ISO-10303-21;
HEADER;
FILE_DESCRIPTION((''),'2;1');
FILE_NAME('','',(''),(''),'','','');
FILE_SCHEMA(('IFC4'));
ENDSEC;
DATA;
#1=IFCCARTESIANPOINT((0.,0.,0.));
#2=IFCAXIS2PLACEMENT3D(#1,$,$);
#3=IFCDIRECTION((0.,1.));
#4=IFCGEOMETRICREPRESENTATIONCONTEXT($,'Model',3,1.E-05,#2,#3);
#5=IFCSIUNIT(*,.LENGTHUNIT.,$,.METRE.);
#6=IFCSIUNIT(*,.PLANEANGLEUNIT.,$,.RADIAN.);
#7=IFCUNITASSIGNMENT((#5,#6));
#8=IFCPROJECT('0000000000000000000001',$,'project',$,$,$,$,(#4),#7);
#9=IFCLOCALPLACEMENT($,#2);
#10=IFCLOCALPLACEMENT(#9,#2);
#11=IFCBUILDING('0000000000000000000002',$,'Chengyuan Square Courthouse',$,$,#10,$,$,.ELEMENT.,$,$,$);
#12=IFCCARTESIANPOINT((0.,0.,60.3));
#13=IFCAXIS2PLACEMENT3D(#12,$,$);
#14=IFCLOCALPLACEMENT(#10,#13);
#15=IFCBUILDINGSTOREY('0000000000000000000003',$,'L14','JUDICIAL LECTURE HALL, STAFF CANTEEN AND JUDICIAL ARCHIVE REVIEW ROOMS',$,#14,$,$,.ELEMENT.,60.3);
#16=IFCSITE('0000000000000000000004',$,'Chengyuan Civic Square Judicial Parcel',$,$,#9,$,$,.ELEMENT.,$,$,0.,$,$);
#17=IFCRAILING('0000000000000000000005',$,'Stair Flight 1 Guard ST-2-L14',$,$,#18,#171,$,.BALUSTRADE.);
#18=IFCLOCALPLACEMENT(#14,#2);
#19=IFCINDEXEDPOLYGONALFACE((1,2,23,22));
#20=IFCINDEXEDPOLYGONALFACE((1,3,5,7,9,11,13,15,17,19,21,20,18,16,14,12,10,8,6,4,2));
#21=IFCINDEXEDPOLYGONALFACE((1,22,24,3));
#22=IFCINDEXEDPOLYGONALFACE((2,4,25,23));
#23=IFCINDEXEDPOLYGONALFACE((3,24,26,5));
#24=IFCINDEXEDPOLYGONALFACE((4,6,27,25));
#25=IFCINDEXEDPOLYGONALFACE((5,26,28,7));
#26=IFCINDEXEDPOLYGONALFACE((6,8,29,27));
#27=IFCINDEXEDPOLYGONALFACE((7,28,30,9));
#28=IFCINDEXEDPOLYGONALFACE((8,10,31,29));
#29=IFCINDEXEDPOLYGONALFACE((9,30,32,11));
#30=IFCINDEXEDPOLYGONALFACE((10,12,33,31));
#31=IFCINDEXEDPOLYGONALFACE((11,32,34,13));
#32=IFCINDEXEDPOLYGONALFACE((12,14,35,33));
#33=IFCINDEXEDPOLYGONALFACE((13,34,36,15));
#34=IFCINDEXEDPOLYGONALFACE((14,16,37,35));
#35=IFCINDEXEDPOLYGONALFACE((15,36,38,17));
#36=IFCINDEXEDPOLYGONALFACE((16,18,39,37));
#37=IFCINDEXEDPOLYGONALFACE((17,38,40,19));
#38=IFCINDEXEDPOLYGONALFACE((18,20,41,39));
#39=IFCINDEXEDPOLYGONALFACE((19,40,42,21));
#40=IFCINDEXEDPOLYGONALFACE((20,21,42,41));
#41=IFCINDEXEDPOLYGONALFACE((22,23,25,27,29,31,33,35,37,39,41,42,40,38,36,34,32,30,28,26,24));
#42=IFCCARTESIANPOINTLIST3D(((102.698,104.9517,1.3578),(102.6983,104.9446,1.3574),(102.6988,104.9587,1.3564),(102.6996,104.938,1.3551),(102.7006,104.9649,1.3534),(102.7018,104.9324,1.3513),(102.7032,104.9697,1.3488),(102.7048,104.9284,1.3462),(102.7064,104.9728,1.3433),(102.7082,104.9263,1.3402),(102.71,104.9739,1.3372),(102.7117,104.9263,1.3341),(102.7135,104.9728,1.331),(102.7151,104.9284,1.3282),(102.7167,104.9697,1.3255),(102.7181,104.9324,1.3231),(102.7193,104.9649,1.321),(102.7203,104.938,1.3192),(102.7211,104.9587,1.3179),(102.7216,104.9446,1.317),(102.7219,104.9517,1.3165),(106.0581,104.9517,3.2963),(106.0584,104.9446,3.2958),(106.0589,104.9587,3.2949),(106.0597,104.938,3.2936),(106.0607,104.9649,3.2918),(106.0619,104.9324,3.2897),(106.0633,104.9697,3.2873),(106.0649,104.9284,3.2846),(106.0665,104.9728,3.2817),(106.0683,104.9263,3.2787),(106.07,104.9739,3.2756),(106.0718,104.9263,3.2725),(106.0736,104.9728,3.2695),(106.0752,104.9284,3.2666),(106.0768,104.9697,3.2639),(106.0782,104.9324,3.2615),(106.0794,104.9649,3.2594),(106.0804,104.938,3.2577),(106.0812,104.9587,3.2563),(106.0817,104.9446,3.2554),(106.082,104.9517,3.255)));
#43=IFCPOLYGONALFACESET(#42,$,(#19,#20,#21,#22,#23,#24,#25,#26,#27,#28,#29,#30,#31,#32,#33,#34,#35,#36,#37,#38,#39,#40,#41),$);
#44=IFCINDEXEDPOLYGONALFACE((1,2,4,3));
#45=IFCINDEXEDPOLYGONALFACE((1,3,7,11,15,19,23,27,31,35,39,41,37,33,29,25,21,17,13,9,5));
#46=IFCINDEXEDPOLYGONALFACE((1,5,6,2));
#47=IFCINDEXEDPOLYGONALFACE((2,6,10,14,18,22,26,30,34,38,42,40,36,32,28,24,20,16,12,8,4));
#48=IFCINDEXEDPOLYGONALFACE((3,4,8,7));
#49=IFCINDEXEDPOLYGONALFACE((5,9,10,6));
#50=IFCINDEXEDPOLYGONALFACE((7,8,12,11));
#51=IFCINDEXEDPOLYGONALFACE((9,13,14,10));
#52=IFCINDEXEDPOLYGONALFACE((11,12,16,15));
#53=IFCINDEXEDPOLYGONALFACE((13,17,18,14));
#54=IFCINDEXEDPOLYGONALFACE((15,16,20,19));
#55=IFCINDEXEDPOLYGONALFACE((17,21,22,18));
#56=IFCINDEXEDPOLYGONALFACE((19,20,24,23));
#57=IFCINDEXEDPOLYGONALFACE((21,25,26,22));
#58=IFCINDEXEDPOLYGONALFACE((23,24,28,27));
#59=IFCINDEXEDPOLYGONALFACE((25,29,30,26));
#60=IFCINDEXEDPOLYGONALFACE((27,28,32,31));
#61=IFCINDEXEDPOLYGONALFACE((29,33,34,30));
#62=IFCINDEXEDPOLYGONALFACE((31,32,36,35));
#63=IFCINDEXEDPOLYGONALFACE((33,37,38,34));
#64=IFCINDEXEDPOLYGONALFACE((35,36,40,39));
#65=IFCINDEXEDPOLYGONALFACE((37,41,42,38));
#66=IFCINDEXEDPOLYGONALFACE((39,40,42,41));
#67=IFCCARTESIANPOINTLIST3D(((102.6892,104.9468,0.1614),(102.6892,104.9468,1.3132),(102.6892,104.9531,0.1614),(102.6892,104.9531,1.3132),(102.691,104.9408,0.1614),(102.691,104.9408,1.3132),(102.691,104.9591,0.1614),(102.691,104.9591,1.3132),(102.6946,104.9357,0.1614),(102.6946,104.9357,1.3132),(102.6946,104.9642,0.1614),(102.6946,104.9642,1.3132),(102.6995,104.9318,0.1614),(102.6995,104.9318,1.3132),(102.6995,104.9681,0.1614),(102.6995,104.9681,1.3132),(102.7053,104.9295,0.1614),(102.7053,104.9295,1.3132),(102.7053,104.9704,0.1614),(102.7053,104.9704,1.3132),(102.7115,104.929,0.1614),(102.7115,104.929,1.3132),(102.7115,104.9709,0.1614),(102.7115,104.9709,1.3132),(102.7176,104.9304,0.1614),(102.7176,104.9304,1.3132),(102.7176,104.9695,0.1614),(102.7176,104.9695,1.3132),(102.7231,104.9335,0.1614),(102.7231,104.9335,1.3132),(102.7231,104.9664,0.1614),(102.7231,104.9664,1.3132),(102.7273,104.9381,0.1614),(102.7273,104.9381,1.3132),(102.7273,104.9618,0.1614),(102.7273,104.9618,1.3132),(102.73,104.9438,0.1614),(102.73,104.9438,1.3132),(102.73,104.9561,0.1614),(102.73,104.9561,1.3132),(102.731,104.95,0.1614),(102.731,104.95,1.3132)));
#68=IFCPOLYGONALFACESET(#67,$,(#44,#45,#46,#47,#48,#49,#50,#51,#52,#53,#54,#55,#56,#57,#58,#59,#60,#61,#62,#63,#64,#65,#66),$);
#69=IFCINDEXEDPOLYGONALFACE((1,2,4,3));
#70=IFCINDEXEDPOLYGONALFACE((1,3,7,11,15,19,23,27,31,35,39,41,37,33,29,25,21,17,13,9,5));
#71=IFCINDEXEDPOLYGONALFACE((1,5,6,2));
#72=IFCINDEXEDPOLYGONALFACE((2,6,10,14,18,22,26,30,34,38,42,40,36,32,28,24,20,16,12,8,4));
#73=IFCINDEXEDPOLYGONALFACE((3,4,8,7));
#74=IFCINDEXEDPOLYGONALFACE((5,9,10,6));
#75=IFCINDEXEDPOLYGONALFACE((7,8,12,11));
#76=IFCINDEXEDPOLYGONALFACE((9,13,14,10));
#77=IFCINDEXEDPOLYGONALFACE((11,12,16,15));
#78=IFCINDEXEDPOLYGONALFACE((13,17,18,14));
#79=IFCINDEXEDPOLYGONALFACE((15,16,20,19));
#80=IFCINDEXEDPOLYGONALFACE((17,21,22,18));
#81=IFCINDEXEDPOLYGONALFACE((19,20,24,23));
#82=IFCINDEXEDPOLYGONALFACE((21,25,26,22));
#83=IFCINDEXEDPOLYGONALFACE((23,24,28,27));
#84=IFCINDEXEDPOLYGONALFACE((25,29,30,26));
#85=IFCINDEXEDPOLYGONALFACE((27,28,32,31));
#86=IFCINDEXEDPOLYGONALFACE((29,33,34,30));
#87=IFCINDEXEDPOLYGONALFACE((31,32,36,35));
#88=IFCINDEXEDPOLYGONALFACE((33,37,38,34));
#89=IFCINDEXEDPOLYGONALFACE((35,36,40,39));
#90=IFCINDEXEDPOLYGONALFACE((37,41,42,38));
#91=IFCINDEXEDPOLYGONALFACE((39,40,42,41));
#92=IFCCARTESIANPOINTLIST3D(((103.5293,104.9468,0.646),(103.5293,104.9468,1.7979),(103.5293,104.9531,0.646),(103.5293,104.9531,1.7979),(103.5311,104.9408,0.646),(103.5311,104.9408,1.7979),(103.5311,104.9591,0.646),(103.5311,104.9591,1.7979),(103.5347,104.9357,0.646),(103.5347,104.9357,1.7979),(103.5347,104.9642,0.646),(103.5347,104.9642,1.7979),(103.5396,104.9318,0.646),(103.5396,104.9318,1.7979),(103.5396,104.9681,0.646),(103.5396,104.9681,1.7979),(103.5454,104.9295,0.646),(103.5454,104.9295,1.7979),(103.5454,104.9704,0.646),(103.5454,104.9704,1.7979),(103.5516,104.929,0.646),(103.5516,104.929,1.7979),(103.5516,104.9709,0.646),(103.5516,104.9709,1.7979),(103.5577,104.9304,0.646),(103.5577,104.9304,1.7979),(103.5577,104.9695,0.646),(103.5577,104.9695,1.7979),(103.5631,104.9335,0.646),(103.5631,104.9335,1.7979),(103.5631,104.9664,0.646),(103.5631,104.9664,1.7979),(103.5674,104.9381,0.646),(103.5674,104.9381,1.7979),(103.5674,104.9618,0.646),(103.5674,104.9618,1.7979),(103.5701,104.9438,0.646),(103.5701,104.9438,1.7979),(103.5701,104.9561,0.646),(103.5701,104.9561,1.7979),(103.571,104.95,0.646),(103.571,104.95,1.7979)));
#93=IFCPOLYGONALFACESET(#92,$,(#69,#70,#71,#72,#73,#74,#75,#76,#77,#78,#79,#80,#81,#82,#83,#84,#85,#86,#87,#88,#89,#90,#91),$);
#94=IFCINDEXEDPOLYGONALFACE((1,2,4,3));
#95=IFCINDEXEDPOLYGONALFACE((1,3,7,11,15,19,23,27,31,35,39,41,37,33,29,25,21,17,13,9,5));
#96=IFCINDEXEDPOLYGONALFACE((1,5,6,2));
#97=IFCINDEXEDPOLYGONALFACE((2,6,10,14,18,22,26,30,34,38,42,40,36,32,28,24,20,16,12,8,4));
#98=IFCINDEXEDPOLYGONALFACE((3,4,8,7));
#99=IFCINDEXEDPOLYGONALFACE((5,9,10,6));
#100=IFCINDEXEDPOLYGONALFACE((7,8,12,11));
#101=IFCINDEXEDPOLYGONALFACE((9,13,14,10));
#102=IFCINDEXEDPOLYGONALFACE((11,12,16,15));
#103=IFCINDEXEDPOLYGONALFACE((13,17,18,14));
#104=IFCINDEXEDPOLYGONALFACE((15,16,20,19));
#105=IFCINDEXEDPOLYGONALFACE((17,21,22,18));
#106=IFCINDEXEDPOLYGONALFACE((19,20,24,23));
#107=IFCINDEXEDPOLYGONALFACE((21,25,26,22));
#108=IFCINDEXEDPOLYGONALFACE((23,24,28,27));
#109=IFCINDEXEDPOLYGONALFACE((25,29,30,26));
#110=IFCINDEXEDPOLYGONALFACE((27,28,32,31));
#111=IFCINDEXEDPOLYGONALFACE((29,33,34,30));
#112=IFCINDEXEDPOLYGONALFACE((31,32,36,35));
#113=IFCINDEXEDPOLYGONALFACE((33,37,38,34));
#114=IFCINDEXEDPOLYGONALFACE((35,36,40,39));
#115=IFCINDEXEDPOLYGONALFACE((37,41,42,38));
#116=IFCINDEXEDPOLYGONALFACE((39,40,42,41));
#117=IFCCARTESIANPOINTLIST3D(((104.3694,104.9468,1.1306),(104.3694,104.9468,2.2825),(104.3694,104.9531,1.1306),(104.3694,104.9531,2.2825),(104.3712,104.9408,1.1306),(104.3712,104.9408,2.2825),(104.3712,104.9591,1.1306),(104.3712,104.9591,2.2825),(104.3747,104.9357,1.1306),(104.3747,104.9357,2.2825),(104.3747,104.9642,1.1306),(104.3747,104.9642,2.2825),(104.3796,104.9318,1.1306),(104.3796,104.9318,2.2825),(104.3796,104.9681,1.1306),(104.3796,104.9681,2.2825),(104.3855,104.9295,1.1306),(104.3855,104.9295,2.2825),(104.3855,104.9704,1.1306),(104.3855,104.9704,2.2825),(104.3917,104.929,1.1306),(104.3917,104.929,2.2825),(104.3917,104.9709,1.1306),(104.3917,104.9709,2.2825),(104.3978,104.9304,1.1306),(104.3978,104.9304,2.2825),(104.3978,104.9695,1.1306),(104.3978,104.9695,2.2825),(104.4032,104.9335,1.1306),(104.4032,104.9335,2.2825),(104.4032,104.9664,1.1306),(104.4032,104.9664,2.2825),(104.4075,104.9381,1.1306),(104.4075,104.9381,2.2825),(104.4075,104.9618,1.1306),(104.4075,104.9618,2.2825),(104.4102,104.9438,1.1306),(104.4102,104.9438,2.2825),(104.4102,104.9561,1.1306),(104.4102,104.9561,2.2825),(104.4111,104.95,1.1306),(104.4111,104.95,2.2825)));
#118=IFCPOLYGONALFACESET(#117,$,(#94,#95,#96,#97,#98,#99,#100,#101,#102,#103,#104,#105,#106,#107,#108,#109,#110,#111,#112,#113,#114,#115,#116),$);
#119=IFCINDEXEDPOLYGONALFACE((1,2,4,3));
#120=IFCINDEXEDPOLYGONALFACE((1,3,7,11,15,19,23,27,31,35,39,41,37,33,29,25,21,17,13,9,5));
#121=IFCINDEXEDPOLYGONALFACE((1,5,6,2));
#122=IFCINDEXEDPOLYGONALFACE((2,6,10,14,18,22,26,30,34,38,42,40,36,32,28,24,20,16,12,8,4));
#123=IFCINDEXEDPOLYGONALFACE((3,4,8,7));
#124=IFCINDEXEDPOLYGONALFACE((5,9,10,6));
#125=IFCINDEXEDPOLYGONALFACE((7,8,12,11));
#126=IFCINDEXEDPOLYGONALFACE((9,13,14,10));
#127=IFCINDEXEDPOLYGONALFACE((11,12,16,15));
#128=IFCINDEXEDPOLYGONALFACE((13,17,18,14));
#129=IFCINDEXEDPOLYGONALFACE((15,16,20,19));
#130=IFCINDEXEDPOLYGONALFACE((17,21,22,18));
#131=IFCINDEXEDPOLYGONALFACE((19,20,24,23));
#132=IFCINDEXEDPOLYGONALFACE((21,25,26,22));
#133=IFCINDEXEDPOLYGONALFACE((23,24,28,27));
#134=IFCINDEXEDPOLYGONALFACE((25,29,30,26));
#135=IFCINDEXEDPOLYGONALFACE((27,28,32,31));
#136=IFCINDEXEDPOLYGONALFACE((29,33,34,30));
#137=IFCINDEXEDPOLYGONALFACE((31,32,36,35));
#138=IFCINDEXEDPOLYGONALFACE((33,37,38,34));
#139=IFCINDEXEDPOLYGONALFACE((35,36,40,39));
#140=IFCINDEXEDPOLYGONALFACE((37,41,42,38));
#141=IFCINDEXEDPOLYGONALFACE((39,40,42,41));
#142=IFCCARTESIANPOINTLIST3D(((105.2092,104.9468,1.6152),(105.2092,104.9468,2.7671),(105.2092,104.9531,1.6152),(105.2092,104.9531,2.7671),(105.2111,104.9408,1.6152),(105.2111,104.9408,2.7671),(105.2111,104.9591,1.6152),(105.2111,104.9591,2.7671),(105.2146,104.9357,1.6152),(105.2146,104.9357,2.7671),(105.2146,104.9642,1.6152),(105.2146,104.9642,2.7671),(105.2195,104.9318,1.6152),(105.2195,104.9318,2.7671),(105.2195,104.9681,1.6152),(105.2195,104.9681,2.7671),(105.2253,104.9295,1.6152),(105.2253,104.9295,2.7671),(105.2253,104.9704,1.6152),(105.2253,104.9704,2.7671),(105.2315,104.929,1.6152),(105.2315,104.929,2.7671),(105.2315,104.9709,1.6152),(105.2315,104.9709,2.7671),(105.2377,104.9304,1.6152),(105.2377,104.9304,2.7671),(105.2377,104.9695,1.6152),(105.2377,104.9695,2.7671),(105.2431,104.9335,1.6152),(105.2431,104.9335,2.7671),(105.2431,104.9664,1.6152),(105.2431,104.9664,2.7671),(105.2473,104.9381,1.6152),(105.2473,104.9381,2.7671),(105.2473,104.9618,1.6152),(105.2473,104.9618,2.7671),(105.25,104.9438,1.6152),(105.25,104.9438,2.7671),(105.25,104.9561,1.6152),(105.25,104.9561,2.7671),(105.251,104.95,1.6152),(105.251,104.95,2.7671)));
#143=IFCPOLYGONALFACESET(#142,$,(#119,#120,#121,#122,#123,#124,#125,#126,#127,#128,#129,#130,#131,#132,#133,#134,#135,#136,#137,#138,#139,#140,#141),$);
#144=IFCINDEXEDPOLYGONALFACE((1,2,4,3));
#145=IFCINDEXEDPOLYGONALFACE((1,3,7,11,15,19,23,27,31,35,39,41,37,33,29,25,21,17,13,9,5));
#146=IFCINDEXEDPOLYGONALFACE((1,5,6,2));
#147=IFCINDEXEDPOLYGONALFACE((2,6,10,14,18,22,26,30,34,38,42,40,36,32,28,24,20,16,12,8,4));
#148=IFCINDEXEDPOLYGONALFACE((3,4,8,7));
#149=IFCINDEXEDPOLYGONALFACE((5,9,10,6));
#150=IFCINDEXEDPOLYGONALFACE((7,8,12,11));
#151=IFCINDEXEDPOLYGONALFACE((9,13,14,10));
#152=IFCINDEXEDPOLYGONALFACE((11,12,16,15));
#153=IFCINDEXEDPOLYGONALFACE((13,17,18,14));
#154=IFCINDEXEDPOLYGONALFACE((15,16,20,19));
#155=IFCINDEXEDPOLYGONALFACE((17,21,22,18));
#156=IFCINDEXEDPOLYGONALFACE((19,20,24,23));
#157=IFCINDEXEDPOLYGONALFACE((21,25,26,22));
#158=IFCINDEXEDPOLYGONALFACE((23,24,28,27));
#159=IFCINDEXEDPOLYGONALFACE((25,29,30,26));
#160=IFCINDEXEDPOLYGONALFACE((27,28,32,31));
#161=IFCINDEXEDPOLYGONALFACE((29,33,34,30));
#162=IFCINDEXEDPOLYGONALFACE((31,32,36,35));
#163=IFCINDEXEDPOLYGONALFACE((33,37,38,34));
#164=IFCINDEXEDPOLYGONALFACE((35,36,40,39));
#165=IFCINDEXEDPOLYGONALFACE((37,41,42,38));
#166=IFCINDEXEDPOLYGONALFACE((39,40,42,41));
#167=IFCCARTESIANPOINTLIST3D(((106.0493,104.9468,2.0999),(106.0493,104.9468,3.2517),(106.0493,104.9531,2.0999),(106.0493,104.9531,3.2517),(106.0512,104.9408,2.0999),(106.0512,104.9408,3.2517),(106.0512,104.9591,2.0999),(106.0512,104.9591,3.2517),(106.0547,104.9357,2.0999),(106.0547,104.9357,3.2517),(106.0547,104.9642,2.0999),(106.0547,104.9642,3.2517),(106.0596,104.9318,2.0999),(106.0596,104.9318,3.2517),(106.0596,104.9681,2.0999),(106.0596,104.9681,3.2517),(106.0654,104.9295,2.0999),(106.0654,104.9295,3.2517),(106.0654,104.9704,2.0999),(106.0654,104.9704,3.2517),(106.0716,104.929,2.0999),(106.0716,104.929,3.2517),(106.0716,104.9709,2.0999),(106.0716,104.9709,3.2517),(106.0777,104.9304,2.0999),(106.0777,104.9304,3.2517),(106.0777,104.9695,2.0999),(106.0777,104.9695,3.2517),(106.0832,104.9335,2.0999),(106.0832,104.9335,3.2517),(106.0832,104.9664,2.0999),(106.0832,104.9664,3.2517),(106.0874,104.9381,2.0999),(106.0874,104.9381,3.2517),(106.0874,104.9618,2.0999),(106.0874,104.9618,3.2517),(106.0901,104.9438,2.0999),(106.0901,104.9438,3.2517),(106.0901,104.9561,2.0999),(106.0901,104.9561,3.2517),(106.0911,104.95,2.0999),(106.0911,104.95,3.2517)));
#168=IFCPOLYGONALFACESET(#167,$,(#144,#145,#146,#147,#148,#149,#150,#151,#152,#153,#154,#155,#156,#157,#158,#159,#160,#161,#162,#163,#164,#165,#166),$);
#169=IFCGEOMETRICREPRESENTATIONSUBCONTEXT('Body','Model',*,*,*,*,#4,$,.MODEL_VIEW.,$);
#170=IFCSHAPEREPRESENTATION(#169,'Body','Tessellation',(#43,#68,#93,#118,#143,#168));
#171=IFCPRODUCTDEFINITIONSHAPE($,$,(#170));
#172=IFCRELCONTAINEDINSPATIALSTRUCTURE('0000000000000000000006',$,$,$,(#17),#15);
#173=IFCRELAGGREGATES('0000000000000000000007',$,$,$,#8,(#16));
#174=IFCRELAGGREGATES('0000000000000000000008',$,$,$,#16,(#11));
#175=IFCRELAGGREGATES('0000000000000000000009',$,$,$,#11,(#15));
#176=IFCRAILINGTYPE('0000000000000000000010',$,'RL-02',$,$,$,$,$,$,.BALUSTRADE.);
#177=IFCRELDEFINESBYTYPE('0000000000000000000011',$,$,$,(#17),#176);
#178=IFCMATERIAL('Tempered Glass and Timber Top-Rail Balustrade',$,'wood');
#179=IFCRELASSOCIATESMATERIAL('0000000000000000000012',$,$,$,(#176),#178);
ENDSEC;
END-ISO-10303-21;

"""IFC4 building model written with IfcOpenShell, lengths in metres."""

from ifc_helpers import new_model, si_unit, direction, frame, origin, origin_2d, place, context, subcontext, project, spatial, circle, extrude, material, type_object, element, save


model = new_model("IFC4")

# Units and contexts
model_context = context("Model", 3, precision=1e-05, world=origin(), true_north=direction((0.0, 1.0)))
body_context = subcontext(model_context, "Body", "Model", "MODEL_VIEW")
ifc_project = project(units=[si_unit("LENGTHUNIT", "METRE"), si_unit("PLANEANGLEUNIT", "RADIAN")], contexts=[model_context])

# Site, building, storey
site_placement = place(None, origin())
site = spatial("IfcSite", under=ifc_project, at=site_placement, Name="Chengyuan Civic Square Judicial Parcel", CompositionType="ELEMENT", RefElevation=0.0)
building_placement = place(site_placement, origin())
building = spatial("IfcBuilding", under=site, at=building_placement, Name="Chengyuan Square Courthouse", CompositionType="ELEMENT")
storey_placement = place(building_placement, frame((0.0, 0.0, 60.3)))
storey = spatial("IfcBuildingStorey", under=building, at=storey_placement, Name="L14", Description="JUDICIAL LECTURE HALL, STAFF CANTEEN AND JUDICIAL ARCHIVE REVIEW ROOMS", CompositionType="ELEMENT", Elevation=60.3)

# Railing
ifc_material_1 = material(Name="Tempered Glass and Timber Top-Rail Balustrade", Category="wood")
railing_type_1 = type_object("IfcRailingType", Name="RL-02", PredefinedType="BALUSTRADE", material=ifc_material_1)
railing_1_placement = place(storey_placement, frame((102.71, 104.95, 0.1614)))
element("IfcRailing", 1, at=railing_1_placement, inside=storey, type_object=railing_type_1, Name="Stair Flight 1 Guard ST-2-L14", PredefinedType="BALUSTRADE", context=body_context, shape_type="SweptSolid", body=[
    extrude(circle(Radius=0.0239, at=origin_2d()), frame((0.0, 0.0, 1.1758), z_axis=(0.866191, 0.0, 0.499713), x_axis=(0.0, 1.0, 0.0)), (0.0, 0.0, 1.0), 3.8792),
    extrude(circle(Radius=0.021, at=origin_2d()), origin(), (0.0, 0.0, 1.0), 1.1519),
    extrude(circle(Radius=0.021, at=origin_2d()), frame((0.8401, 0.0, 0.4846)), (0.0, 0.0, 1.0), 1.1519),
    extrude(circle(Radius=0.021, at=origin_2d()), frame((1.6802, 0.0, 0.9692)), (0.0, 0.0, 1.0), 1.1519),
    extrude(circle(Radius=0.021, at=origin_2d()), frame((2.52, 0.0, 1.4539)), (0.0, 0.0, 1.0), 1.1519),
    extrude(circle(Radius=0.021, at=origin_2d()), frame((3.3601, 0.0, 1.9385)), (0.0, 0.0, 1.0), 1.1519),
])

save(model, "model.ifc")
